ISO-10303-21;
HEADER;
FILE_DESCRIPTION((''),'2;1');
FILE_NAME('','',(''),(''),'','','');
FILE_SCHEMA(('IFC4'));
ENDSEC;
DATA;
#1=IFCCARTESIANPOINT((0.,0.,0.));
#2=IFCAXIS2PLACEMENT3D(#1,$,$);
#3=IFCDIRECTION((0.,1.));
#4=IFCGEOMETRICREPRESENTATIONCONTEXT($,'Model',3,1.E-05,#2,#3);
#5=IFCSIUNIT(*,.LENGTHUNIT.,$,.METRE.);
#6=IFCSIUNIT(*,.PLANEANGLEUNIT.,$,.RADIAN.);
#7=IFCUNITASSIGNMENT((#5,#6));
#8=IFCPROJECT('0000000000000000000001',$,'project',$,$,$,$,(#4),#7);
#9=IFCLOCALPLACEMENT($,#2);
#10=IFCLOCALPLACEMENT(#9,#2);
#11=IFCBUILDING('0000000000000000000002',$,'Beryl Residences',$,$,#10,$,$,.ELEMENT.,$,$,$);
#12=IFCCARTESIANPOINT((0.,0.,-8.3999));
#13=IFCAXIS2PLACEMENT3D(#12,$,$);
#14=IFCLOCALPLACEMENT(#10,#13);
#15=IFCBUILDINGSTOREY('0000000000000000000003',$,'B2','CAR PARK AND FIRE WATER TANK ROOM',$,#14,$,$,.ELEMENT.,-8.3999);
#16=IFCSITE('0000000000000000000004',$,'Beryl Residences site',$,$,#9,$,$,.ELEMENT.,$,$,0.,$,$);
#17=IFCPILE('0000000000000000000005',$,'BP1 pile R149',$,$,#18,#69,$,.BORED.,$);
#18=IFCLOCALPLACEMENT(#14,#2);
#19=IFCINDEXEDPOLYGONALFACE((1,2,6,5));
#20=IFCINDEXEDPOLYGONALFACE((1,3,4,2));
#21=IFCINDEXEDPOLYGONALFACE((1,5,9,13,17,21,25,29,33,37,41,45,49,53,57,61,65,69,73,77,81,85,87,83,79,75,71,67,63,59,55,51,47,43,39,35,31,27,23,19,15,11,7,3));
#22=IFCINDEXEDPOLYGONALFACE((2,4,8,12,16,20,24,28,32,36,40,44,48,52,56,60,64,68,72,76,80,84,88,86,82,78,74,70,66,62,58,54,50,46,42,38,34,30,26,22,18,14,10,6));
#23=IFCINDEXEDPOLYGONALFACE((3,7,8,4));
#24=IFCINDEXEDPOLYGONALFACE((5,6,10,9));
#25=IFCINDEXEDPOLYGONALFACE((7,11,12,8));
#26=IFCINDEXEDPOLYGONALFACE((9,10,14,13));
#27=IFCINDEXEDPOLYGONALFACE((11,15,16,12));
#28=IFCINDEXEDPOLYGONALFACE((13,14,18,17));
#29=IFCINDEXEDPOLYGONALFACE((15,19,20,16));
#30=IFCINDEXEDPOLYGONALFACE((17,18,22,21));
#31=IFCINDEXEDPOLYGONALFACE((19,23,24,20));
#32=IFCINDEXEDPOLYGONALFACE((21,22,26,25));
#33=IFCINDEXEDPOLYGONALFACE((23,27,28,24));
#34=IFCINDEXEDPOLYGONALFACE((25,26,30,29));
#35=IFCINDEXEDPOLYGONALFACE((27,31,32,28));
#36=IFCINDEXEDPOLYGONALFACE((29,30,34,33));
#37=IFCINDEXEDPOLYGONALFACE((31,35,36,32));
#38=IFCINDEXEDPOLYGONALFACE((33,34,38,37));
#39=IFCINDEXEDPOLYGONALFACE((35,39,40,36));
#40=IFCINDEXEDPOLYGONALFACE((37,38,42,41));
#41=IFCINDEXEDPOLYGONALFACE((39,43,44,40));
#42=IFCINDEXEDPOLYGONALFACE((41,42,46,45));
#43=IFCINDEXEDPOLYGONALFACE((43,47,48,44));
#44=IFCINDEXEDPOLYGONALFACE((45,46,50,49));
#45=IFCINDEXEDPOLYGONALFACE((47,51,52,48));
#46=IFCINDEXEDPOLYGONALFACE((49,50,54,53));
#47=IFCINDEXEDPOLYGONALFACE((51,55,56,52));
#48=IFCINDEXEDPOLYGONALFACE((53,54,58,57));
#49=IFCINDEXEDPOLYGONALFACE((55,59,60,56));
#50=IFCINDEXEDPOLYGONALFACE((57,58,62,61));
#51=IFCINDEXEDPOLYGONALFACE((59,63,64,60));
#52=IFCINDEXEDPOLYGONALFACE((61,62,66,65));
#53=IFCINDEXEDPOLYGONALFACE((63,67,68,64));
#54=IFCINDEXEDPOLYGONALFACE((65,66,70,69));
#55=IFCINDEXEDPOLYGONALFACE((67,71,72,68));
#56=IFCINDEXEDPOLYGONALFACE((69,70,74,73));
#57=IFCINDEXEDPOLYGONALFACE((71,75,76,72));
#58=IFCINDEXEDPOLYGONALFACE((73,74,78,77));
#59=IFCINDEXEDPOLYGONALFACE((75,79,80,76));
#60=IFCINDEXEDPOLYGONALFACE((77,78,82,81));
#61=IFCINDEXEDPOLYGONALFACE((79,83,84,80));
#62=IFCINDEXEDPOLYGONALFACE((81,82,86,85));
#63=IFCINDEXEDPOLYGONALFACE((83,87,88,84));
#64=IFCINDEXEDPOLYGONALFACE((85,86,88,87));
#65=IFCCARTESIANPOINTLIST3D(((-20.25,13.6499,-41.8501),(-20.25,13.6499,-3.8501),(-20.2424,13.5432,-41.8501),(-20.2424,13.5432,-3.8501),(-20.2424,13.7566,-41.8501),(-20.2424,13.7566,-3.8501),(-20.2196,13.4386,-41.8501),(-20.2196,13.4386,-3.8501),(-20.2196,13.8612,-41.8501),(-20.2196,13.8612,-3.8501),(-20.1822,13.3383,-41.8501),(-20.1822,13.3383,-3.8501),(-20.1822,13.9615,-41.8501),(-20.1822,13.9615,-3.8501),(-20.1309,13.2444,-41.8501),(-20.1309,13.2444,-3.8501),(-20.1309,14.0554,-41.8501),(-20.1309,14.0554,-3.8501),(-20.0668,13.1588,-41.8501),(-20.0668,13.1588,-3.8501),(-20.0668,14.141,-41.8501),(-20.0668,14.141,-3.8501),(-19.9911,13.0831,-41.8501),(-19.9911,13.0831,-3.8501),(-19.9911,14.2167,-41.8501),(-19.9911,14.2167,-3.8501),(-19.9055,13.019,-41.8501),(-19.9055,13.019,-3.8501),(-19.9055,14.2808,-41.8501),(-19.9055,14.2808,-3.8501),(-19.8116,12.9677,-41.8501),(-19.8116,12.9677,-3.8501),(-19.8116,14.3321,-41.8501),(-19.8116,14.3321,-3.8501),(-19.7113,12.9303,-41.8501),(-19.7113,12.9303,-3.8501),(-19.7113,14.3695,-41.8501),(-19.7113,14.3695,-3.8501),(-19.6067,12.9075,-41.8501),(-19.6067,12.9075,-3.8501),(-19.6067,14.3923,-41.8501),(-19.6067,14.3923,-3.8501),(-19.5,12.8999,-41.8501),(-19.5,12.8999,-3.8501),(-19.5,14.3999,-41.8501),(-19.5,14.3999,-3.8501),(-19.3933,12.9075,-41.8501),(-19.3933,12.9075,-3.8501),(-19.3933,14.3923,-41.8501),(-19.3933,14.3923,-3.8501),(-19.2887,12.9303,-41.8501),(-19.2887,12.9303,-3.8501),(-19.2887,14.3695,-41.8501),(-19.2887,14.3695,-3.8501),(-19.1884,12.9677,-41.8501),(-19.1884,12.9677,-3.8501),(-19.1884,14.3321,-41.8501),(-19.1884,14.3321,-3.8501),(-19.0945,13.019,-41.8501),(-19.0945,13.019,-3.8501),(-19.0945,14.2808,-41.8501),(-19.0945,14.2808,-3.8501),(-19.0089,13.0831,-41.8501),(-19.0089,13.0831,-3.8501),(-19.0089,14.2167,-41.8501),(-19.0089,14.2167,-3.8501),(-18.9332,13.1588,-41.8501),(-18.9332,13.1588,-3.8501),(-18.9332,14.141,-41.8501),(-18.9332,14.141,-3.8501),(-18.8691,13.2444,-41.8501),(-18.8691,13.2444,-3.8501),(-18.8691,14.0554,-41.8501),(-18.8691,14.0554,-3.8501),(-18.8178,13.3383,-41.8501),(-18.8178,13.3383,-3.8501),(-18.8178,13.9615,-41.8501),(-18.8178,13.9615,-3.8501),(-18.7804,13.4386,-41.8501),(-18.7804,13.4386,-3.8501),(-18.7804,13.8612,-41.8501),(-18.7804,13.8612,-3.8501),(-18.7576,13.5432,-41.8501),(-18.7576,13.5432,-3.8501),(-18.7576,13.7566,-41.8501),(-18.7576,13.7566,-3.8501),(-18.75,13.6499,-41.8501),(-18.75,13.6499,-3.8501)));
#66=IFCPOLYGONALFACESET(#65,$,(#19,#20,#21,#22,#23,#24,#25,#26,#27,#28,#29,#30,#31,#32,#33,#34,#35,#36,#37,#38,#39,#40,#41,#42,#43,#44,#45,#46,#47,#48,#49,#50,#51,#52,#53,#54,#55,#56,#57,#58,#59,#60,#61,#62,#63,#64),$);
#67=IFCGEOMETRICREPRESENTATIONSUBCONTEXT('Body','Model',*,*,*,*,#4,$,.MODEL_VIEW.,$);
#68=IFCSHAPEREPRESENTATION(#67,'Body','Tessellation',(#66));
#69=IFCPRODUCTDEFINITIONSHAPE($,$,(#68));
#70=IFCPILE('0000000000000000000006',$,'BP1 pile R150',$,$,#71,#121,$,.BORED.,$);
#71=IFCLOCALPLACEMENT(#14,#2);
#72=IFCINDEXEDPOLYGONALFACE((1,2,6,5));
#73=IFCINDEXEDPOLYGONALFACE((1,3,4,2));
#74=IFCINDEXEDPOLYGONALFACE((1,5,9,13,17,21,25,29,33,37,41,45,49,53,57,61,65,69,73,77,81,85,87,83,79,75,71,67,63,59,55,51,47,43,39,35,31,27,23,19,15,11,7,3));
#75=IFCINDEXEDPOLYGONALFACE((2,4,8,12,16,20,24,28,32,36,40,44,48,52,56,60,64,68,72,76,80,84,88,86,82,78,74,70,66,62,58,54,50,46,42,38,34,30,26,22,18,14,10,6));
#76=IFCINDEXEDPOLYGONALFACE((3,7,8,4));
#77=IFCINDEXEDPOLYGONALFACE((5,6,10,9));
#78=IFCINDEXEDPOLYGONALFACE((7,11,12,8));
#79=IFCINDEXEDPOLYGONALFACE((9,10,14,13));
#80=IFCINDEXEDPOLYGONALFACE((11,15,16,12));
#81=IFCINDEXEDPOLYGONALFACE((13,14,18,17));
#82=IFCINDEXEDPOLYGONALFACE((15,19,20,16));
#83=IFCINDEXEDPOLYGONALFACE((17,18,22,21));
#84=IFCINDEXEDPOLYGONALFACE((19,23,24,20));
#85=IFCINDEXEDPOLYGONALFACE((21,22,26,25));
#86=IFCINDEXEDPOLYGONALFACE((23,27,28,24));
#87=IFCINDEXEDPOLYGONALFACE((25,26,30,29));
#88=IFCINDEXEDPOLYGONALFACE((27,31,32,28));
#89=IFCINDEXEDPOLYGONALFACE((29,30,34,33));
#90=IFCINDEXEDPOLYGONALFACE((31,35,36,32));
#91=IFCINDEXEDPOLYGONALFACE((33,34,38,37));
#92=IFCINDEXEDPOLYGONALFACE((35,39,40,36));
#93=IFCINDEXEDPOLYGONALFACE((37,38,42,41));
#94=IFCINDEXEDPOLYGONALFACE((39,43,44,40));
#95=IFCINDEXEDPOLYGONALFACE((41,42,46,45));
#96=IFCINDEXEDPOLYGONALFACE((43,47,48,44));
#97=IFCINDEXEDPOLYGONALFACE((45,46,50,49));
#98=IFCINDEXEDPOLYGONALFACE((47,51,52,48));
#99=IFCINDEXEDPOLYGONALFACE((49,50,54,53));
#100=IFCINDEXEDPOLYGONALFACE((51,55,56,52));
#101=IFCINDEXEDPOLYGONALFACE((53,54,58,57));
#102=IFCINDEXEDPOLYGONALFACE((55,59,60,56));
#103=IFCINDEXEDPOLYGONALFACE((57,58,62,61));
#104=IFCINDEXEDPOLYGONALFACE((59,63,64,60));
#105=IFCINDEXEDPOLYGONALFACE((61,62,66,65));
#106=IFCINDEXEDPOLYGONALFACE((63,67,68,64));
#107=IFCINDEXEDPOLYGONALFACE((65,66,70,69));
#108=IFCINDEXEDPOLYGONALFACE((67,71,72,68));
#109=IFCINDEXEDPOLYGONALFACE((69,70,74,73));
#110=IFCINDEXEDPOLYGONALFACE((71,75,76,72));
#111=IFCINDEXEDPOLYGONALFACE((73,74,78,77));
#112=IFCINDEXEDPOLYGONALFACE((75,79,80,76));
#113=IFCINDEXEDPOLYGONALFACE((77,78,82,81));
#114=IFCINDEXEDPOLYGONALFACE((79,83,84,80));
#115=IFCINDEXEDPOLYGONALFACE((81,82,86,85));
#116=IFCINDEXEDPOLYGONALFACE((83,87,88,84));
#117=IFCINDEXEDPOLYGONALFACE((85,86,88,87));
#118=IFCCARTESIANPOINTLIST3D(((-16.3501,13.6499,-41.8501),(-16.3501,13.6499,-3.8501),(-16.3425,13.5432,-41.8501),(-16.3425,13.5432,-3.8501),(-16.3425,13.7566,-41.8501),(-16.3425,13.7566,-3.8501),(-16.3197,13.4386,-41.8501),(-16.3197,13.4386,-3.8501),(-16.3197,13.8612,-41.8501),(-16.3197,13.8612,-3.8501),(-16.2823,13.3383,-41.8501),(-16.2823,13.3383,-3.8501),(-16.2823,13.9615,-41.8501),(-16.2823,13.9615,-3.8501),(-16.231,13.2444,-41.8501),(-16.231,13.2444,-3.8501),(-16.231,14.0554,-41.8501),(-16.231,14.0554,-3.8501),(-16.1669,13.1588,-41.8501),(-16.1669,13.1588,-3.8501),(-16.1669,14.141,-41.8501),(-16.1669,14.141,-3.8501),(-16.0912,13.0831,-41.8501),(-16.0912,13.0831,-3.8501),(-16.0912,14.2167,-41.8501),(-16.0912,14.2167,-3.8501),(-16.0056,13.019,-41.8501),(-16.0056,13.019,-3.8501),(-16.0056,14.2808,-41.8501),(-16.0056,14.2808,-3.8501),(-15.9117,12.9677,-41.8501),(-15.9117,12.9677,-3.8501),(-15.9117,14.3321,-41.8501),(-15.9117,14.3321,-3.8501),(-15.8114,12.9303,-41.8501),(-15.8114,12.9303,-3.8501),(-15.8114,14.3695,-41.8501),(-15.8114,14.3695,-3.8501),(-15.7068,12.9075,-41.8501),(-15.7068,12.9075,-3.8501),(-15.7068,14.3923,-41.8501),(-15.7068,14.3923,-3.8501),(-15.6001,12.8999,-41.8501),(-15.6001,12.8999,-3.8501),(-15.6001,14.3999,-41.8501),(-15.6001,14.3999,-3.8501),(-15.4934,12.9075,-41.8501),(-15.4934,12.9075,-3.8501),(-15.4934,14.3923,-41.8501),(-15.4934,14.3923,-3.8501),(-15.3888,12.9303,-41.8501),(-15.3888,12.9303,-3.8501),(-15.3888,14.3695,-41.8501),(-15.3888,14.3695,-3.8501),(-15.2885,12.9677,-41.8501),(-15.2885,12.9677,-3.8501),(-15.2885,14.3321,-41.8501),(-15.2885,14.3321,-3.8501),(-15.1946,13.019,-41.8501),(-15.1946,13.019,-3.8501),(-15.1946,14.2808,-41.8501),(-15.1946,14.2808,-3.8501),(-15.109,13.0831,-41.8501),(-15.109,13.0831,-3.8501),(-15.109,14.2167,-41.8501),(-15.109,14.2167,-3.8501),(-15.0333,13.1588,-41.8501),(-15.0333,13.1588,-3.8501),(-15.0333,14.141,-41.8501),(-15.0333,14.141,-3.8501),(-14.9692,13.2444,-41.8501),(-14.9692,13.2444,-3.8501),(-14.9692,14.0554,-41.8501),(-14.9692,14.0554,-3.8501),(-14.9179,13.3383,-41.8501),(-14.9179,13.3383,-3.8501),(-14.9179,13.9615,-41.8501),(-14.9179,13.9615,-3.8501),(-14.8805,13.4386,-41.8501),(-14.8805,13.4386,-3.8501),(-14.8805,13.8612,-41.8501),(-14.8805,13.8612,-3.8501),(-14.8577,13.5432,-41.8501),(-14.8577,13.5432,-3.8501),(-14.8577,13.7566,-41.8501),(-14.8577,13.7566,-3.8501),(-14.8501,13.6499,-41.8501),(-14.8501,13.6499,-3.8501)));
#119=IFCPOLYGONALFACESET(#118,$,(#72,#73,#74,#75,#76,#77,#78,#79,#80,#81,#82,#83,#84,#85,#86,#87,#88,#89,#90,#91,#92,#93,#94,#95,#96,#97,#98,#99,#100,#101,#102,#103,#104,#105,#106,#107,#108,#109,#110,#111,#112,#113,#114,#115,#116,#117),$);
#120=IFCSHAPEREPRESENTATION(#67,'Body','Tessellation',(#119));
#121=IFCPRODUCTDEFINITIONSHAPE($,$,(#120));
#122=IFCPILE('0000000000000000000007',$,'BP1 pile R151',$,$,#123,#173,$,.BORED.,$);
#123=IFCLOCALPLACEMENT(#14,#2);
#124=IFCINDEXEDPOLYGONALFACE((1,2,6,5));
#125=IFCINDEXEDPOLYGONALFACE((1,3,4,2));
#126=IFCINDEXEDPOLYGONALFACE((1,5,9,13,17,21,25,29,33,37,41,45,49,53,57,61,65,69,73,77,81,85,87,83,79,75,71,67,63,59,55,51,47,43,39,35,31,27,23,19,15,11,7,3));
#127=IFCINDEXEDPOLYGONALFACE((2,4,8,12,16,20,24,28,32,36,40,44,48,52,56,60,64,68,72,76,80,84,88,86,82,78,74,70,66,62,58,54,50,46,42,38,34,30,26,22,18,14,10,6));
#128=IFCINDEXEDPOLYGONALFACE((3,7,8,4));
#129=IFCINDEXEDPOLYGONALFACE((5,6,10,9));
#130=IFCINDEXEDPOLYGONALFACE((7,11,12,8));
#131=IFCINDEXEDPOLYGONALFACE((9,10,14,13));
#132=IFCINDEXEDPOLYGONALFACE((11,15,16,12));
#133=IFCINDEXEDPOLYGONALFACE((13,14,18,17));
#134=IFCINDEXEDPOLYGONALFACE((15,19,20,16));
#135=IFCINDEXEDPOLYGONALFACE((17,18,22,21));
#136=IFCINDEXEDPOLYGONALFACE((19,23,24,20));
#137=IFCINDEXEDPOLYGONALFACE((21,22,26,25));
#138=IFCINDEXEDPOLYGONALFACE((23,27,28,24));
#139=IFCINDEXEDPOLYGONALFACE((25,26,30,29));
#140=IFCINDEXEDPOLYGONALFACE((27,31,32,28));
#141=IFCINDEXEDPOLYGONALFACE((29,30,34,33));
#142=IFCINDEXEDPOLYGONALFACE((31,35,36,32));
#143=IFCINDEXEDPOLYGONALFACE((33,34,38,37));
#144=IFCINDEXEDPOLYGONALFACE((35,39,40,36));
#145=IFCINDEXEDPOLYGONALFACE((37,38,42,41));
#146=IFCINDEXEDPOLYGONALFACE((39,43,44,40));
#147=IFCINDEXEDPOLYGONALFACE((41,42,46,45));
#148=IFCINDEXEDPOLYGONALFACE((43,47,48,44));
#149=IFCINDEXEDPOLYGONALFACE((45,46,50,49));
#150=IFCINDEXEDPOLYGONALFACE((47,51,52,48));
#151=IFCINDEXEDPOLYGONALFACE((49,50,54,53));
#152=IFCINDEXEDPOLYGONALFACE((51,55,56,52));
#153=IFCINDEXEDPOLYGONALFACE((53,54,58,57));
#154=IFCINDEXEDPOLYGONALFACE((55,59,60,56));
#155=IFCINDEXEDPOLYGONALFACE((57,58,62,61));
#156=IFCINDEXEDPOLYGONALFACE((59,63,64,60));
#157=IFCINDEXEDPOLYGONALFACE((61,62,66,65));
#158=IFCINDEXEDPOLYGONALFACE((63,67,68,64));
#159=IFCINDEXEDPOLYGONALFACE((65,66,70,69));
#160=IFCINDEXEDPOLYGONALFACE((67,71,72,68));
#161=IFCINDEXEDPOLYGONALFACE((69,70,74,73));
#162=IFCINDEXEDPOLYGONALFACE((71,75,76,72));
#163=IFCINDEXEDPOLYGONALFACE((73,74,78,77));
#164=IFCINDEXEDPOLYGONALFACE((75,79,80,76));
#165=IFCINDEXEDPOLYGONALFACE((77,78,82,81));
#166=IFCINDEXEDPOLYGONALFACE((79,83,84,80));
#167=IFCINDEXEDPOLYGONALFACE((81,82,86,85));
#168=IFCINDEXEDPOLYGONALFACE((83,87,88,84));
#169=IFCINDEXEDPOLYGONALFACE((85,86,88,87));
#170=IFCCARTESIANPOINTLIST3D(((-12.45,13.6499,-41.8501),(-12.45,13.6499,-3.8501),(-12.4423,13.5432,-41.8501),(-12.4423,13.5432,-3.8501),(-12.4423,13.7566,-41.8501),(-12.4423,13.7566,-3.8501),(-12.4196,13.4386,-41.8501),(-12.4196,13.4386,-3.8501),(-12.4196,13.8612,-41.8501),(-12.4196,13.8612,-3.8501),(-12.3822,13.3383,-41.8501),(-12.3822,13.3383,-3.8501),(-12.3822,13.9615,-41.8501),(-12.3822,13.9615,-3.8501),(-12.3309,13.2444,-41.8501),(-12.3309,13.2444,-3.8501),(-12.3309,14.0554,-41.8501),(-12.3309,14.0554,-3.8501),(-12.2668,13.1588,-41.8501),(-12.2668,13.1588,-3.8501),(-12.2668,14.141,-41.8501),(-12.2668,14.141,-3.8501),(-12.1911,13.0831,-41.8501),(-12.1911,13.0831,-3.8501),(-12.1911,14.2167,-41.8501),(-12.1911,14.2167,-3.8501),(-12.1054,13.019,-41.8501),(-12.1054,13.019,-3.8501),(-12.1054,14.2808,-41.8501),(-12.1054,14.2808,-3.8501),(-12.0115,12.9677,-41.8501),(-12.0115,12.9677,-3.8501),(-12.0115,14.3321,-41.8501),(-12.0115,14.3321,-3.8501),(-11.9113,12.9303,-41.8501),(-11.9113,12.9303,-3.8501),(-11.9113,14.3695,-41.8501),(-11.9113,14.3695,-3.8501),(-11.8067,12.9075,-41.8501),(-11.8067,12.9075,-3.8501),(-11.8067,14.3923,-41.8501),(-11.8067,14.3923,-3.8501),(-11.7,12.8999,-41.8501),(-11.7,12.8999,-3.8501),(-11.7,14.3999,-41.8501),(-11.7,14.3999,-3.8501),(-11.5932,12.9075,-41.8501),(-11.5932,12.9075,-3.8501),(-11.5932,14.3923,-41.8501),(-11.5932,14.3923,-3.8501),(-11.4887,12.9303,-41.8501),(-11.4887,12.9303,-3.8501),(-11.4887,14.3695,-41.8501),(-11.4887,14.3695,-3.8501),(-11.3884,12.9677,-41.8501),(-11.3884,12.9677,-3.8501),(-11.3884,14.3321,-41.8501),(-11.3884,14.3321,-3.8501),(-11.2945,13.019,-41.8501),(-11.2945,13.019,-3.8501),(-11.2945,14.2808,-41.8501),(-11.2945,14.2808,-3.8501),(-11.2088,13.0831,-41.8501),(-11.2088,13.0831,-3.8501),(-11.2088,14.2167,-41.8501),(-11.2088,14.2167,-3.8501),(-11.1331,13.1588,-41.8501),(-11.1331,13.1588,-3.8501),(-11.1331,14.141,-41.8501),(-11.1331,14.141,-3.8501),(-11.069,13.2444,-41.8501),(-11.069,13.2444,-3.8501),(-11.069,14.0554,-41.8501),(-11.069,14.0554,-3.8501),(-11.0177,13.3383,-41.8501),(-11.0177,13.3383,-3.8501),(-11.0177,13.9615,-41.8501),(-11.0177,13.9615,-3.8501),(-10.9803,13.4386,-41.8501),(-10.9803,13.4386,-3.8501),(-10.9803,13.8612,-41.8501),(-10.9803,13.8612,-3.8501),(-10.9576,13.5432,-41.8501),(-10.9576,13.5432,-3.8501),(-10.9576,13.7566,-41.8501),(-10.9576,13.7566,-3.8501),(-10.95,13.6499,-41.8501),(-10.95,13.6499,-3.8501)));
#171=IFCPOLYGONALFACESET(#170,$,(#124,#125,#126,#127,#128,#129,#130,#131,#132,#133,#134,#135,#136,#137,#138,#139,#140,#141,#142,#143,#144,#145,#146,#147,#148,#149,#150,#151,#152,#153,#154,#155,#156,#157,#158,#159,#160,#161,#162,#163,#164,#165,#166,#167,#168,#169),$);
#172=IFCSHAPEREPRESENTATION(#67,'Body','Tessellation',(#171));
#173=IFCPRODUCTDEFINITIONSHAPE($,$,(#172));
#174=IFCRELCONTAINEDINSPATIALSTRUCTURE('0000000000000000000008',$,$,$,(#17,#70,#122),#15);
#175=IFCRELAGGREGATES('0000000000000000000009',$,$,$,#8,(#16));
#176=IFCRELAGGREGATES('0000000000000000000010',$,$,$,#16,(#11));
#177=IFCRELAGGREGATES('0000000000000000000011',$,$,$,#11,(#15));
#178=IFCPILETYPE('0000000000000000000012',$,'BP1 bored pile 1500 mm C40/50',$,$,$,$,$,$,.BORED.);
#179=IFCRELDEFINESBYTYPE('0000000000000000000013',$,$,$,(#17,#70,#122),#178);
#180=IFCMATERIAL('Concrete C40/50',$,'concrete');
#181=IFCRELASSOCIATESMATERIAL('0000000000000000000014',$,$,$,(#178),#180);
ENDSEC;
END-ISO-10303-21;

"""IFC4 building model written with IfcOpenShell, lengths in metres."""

from ifc_helpers import new_model, si_unit, direction, frame, origin, origin_2d, place, context, subcontext, project, spatial, circle, extrude, material, material_profile, profile_set, type_object, element, save


model = new_model("IFC4")

# Units and contexts
model_context = context("Model", 3, precision=1e-05, world=origin(), true_north=direction((0.0, 1.0)))
body_context = subcontext(model_context, "Body", "Model", "MODEL_VIEW")
ifc_project = project(units=[si_unit("LENGTHUNIT", "METRE"), si_unit("PLANEANGLEUNIT", "RADIAN")], contexts=[model_context])

# Site, building, storey
site_placement = place(None, origin())
site = spatial("IfcSite", under=ifc_project, at=site_placement, Name="Beryl Residences site", CompositionType="ELEMENT", RefElevation=0.0)
building_placement = place(site_placement, origin())
building = spatial("IfcBuilding", under=site, at=building_placement, Name="Beryl Residences", CompositionType="ELEMENT")
storey_placement = place(building_placement, frame((0.0, 0.0, -8.3999)))
storey = spatial("IfcBuildingStorey", under=building, at=storey_placement, Name="B2", Description="CAR PARK AND FIRE WATER TANK ROOM", CompositionType="ELEMENT", Elevation=-8.3999)

# Piles
ifc_material_1 = material(Name="Concrete C40/50", Category="concrete")
ifc_material_profile_1 = material_profile(ifc_material_1, circle(Radius=0.75, at=origin_2d()))
ifc_profile_set_1 = profile_set([ifc_material_profile_1], Name="Concrete C40/50")
pile_type = type_object("IfcPileType", Name="BP1 bored pile 1500 mm C40/50", PredefinedType="BORED", material=ifc_profile_set_1)
for number, where, z_axis, x_axis, name in (
    (1, (-19.5, 13.6499, -3.8501), (0.0, 0.0, -1.0), (1.0, 0.0, 0.0), "BP1 pile R149"),
    (2, (-15.6001, 13.6499, -3.8501), (0.0, 0.0, -1.0), (1.0, 0.0, 0.0), "BP1 pile R150"),
    (3, (-11.7, 13.6499, -3.8501), (0.0, 0.0, -1.0), (1.0, 0.0, 0.0), "BP1 pile R151"),
):
    element("IfcPile", number, at=place(storey_placement, frame(where, z_axis=z_axis, x_axis=x_axis)), inside=storey, type_object=pile_type, Name=name, PredefinedType="BORED", context=body_context, shape_type="SweptSolid", body=[
        extrude(circle(Radius=0.75, at=origin_2d()), origin(), (0.0, 0.0, 1.0), 38.0),
    ])

save(model, "model.ifc")
